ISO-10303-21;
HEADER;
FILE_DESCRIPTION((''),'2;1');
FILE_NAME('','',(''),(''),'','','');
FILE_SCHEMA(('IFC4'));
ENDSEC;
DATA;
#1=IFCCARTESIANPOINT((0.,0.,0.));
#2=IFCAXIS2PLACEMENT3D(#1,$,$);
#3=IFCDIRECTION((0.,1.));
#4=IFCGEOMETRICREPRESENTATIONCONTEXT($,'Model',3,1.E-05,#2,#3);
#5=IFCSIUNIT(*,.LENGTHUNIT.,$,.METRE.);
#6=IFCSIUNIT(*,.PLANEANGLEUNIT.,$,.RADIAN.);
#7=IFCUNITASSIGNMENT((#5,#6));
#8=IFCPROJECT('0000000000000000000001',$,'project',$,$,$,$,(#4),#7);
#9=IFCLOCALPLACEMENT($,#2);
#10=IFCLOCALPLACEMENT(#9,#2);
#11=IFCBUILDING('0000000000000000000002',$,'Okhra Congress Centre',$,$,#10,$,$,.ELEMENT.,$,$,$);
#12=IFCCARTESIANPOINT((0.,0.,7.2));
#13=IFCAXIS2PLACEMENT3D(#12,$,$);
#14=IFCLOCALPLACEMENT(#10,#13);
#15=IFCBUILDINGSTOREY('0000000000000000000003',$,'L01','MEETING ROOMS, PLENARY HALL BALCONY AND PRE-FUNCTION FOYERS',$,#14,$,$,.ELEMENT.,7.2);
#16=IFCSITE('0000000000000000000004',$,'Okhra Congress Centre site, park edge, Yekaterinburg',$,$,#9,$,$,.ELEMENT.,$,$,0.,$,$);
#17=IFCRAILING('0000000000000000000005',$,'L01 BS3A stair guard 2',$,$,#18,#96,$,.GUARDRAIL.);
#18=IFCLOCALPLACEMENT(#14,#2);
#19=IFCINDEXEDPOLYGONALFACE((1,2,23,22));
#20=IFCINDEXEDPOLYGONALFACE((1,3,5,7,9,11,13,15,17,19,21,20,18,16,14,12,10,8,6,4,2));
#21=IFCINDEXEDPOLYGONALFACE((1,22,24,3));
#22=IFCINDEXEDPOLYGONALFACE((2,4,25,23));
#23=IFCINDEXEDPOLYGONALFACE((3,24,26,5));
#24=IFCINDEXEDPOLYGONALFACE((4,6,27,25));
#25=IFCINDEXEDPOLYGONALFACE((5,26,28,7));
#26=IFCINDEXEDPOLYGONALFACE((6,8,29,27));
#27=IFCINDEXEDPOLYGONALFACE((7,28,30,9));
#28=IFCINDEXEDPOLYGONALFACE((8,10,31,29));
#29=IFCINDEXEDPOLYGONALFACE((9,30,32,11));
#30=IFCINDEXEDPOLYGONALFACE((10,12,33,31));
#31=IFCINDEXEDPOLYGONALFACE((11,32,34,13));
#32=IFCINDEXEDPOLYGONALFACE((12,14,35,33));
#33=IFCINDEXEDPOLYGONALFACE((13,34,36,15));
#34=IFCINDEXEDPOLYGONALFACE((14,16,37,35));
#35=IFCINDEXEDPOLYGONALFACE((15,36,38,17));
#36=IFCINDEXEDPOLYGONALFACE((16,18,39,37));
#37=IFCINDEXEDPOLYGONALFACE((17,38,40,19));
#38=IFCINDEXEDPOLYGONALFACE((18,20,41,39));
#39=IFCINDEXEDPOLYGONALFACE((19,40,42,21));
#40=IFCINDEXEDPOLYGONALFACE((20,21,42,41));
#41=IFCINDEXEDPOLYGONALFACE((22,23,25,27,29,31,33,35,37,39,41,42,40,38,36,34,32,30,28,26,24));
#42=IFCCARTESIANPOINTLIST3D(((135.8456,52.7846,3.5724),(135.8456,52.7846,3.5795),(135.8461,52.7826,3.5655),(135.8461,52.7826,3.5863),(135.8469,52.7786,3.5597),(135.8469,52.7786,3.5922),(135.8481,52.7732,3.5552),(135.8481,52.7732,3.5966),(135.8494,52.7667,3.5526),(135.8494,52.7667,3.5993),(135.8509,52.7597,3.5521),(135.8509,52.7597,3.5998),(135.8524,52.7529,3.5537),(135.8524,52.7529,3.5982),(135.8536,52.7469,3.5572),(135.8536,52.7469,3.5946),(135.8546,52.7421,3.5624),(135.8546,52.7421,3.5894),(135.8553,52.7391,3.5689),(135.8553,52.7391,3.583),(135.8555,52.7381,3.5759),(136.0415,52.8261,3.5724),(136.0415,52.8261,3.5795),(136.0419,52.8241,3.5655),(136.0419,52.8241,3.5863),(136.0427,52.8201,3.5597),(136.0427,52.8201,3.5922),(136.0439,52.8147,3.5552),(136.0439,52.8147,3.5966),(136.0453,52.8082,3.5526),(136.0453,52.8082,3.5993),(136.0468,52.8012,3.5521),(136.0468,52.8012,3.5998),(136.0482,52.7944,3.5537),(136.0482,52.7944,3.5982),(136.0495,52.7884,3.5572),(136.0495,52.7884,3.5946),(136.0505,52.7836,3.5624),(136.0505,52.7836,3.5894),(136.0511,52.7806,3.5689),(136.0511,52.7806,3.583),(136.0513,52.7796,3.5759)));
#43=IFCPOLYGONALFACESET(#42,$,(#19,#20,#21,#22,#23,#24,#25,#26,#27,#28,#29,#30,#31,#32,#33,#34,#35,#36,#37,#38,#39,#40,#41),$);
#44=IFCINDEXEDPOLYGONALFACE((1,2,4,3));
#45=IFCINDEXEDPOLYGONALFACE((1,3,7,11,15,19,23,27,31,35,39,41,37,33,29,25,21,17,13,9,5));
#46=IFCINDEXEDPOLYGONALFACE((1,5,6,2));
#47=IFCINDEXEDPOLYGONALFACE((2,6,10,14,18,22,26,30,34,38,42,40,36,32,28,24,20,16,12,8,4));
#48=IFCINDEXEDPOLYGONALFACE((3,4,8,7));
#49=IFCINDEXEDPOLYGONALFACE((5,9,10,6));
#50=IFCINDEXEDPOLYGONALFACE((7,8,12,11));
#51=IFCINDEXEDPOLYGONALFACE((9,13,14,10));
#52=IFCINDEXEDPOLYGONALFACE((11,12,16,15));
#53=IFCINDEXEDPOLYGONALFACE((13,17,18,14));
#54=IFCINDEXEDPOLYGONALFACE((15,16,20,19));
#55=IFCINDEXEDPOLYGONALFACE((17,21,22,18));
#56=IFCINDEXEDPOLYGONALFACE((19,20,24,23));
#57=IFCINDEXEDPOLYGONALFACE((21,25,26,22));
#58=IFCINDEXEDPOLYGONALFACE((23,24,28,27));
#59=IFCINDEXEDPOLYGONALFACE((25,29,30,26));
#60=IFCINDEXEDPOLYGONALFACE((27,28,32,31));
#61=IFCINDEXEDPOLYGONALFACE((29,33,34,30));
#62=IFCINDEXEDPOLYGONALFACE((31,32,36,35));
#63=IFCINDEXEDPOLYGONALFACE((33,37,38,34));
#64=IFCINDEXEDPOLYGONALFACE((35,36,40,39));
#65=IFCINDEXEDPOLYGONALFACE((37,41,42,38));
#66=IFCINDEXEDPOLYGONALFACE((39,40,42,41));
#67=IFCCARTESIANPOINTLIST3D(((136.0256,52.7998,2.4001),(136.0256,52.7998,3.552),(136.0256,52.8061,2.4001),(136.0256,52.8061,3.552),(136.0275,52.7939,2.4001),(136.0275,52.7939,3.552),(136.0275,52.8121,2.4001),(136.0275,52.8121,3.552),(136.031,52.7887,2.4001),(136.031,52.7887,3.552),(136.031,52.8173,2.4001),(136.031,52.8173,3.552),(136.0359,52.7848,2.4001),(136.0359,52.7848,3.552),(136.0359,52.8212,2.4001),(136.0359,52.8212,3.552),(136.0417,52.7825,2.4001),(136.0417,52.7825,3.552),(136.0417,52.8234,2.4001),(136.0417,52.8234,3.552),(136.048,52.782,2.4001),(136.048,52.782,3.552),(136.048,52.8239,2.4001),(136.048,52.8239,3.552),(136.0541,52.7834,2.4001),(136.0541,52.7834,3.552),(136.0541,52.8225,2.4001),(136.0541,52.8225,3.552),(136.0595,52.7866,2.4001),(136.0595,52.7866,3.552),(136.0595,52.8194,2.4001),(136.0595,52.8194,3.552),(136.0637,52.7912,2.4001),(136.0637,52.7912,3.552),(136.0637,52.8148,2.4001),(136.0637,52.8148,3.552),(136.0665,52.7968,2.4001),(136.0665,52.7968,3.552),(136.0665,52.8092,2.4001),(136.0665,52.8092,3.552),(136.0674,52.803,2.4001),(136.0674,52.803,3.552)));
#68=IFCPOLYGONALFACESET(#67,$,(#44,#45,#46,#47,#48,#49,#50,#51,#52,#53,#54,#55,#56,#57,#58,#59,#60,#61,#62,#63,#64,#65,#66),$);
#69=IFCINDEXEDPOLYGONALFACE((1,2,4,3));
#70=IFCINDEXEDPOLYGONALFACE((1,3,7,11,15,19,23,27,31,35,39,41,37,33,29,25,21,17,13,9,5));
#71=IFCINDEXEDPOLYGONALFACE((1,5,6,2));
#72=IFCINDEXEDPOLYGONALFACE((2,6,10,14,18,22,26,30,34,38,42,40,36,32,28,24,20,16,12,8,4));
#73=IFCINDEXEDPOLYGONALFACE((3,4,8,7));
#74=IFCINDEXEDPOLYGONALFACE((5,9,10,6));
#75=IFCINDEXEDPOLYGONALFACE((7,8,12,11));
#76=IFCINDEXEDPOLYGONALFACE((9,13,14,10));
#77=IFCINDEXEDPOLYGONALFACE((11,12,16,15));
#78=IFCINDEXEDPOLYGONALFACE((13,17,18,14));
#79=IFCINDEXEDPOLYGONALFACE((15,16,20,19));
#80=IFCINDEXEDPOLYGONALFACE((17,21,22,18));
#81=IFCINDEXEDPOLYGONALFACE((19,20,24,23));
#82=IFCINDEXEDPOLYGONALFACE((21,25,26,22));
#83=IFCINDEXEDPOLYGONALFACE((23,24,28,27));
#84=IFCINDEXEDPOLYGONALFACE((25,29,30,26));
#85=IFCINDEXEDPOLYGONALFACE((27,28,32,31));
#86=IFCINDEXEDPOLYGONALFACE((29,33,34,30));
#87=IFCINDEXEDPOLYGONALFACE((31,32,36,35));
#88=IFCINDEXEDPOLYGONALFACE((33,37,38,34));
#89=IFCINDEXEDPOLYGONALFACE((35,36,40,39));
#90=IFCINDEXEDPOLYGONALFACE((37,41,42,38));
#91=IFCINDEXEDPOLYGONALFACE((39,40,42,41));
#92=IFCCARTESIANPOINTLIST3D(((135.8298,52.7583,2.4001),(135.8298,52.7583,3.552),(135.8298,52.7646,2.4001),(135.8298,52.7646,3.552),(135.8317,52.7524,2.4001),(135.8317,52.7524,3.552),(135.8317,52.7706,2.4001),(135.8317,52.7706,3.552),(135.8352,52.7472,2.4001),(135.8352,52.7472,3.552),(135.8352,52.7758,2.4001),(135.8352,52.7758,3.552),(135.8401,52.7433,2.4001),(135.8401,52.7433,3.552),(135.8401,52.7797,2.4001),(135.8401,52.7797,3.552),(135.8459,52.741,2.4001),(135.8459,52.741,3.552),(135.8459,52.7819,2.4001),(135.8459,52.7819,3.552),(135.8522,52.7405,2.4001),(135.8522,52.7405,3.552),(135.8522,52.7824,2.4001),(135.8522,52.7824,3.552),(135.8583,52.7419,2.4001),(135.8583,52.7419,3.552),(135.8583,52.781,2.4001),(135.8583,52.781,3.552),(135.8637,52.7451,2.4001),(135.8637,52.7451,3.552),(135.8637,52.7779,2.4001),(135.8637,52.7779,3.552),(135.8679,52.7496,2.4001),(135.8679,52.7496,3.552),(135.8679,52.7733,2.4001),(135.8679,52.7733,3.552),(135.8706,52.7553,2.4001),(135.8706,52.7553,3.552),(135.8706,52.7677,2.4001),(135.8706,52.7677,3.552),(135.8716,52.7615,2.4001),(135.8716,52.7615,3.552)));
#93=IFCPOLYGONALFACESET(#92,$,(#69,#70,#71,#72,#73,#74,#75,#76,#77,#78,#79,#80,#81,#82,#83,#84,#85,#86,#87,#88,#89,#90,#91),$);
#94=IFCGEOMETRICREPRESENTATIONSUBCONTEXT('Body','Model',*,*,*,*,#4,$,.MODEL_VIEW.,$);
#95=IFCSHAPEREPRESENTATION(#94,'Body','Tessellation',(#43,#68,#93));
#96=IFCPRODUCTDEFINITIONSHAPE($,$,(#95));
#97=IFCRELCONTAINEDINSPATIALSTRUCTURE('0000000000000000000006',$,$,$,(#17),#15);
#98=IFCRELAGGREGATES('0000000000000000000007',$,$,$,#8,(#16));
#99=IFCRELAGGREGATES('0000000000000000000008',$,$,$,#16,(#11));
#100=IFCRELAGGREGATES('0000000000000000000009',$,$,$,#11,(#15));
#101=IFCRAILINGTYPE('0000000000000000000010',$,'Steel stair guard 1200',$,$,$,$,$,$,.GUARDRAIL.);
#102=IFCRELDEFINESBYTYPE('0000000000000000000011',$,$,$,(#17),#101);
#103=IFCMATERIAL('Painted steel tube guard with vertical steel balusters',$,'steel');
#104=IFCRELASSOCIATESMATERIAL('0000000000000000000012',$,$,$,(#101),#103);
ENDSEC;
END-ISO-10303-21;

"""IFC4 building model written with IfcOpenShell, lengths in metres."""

from ifc_helpers import new_model, si_unit, direction, frame, origin, origin_2d, place, context, subcontext, project, spatial, circle, extrude, material, type_object, element, save


model = new_model("IFC4")

# Units and contexts
model_context = context("Model", 3, precision=1e-05, world=origin(), true_north=direction((0.0, 1.0)))
body_context = subcontext(model_context, "Body", "Model", "MODEL_VIEW")
ifc_project = project(units=[si_unit("LENGTHUNIT", "METRE"), si_unit("PLANEANGLEUNIT", "RADIAN")], contexts=[model_context])

# Site, building, storey
site_placement = place(None, origin())
site = spatial("IfcSite", under=ifc_project, at=site_placement, Name="Okhra Congress Centre site, park edge, Yekaterinburg", CompositionType="ELEMENT", RefElevation=0.0)
building_placement = place(site_placement, origin())
building = spatial("IfcBuilding", under=site, at=building_placement, Name="Okhra Congress Centre", CompositionType="ELEMENT")
storey_placement = place(building_placement, frame((0.0, 0.0, 7.2)))
storey = spatial("IfcBuildingStorey", under=building, at=storey_placement, Name="L01", Description="MEETING ROOMS, PLENARY HALL BALCONY AND PRE-FUNCTION FOYERS", CompositionType="ELEMENT", Elevation=7.2)

# Railing
ifc_material_1 = material(Name="Painted steel tube guard with vertical steel balusters", Category="steel")
railing_type_1 = type_object("IfcRailingType", Name="Steel stair guard 1200", PredefinedType="GUARDRAIL", material=ifc_material_1)
railing_1_placement = place(storey_placement, frame((136.0464, 52.803, 2.4001)))
element("IfcRailing", 1, at=railing_1_placement, inside=storey, type_object=railing_type_1, Name="L01 BS3A stair guard 2", PredefinedType="GUARDRAIL", context=body_context, shape_type="SweptSolid", body=[
    extrude(circle(Radius=0.0239, at=origin_2d()), frame((0.0, 0.0, 1.1758), z_axis=(-0.978264, -0.207363, 0.0), x_axis=(0.207363, -0.978264, 0.0)), (0.0, 0.0, 1.0), 0.2002),
    extrude(circle(Radius=0.021, at=origin_2d()), origin(), (0.0, 0.0, 1.0), 1.1519),
    extrude(circle(Radius=0.021, at=origin_2d()), frame((-0.1958, -0.0415, 0.0)), (0.0, 0.0, 1.0), 1.1519),
])

save(model, "model.ifc")
